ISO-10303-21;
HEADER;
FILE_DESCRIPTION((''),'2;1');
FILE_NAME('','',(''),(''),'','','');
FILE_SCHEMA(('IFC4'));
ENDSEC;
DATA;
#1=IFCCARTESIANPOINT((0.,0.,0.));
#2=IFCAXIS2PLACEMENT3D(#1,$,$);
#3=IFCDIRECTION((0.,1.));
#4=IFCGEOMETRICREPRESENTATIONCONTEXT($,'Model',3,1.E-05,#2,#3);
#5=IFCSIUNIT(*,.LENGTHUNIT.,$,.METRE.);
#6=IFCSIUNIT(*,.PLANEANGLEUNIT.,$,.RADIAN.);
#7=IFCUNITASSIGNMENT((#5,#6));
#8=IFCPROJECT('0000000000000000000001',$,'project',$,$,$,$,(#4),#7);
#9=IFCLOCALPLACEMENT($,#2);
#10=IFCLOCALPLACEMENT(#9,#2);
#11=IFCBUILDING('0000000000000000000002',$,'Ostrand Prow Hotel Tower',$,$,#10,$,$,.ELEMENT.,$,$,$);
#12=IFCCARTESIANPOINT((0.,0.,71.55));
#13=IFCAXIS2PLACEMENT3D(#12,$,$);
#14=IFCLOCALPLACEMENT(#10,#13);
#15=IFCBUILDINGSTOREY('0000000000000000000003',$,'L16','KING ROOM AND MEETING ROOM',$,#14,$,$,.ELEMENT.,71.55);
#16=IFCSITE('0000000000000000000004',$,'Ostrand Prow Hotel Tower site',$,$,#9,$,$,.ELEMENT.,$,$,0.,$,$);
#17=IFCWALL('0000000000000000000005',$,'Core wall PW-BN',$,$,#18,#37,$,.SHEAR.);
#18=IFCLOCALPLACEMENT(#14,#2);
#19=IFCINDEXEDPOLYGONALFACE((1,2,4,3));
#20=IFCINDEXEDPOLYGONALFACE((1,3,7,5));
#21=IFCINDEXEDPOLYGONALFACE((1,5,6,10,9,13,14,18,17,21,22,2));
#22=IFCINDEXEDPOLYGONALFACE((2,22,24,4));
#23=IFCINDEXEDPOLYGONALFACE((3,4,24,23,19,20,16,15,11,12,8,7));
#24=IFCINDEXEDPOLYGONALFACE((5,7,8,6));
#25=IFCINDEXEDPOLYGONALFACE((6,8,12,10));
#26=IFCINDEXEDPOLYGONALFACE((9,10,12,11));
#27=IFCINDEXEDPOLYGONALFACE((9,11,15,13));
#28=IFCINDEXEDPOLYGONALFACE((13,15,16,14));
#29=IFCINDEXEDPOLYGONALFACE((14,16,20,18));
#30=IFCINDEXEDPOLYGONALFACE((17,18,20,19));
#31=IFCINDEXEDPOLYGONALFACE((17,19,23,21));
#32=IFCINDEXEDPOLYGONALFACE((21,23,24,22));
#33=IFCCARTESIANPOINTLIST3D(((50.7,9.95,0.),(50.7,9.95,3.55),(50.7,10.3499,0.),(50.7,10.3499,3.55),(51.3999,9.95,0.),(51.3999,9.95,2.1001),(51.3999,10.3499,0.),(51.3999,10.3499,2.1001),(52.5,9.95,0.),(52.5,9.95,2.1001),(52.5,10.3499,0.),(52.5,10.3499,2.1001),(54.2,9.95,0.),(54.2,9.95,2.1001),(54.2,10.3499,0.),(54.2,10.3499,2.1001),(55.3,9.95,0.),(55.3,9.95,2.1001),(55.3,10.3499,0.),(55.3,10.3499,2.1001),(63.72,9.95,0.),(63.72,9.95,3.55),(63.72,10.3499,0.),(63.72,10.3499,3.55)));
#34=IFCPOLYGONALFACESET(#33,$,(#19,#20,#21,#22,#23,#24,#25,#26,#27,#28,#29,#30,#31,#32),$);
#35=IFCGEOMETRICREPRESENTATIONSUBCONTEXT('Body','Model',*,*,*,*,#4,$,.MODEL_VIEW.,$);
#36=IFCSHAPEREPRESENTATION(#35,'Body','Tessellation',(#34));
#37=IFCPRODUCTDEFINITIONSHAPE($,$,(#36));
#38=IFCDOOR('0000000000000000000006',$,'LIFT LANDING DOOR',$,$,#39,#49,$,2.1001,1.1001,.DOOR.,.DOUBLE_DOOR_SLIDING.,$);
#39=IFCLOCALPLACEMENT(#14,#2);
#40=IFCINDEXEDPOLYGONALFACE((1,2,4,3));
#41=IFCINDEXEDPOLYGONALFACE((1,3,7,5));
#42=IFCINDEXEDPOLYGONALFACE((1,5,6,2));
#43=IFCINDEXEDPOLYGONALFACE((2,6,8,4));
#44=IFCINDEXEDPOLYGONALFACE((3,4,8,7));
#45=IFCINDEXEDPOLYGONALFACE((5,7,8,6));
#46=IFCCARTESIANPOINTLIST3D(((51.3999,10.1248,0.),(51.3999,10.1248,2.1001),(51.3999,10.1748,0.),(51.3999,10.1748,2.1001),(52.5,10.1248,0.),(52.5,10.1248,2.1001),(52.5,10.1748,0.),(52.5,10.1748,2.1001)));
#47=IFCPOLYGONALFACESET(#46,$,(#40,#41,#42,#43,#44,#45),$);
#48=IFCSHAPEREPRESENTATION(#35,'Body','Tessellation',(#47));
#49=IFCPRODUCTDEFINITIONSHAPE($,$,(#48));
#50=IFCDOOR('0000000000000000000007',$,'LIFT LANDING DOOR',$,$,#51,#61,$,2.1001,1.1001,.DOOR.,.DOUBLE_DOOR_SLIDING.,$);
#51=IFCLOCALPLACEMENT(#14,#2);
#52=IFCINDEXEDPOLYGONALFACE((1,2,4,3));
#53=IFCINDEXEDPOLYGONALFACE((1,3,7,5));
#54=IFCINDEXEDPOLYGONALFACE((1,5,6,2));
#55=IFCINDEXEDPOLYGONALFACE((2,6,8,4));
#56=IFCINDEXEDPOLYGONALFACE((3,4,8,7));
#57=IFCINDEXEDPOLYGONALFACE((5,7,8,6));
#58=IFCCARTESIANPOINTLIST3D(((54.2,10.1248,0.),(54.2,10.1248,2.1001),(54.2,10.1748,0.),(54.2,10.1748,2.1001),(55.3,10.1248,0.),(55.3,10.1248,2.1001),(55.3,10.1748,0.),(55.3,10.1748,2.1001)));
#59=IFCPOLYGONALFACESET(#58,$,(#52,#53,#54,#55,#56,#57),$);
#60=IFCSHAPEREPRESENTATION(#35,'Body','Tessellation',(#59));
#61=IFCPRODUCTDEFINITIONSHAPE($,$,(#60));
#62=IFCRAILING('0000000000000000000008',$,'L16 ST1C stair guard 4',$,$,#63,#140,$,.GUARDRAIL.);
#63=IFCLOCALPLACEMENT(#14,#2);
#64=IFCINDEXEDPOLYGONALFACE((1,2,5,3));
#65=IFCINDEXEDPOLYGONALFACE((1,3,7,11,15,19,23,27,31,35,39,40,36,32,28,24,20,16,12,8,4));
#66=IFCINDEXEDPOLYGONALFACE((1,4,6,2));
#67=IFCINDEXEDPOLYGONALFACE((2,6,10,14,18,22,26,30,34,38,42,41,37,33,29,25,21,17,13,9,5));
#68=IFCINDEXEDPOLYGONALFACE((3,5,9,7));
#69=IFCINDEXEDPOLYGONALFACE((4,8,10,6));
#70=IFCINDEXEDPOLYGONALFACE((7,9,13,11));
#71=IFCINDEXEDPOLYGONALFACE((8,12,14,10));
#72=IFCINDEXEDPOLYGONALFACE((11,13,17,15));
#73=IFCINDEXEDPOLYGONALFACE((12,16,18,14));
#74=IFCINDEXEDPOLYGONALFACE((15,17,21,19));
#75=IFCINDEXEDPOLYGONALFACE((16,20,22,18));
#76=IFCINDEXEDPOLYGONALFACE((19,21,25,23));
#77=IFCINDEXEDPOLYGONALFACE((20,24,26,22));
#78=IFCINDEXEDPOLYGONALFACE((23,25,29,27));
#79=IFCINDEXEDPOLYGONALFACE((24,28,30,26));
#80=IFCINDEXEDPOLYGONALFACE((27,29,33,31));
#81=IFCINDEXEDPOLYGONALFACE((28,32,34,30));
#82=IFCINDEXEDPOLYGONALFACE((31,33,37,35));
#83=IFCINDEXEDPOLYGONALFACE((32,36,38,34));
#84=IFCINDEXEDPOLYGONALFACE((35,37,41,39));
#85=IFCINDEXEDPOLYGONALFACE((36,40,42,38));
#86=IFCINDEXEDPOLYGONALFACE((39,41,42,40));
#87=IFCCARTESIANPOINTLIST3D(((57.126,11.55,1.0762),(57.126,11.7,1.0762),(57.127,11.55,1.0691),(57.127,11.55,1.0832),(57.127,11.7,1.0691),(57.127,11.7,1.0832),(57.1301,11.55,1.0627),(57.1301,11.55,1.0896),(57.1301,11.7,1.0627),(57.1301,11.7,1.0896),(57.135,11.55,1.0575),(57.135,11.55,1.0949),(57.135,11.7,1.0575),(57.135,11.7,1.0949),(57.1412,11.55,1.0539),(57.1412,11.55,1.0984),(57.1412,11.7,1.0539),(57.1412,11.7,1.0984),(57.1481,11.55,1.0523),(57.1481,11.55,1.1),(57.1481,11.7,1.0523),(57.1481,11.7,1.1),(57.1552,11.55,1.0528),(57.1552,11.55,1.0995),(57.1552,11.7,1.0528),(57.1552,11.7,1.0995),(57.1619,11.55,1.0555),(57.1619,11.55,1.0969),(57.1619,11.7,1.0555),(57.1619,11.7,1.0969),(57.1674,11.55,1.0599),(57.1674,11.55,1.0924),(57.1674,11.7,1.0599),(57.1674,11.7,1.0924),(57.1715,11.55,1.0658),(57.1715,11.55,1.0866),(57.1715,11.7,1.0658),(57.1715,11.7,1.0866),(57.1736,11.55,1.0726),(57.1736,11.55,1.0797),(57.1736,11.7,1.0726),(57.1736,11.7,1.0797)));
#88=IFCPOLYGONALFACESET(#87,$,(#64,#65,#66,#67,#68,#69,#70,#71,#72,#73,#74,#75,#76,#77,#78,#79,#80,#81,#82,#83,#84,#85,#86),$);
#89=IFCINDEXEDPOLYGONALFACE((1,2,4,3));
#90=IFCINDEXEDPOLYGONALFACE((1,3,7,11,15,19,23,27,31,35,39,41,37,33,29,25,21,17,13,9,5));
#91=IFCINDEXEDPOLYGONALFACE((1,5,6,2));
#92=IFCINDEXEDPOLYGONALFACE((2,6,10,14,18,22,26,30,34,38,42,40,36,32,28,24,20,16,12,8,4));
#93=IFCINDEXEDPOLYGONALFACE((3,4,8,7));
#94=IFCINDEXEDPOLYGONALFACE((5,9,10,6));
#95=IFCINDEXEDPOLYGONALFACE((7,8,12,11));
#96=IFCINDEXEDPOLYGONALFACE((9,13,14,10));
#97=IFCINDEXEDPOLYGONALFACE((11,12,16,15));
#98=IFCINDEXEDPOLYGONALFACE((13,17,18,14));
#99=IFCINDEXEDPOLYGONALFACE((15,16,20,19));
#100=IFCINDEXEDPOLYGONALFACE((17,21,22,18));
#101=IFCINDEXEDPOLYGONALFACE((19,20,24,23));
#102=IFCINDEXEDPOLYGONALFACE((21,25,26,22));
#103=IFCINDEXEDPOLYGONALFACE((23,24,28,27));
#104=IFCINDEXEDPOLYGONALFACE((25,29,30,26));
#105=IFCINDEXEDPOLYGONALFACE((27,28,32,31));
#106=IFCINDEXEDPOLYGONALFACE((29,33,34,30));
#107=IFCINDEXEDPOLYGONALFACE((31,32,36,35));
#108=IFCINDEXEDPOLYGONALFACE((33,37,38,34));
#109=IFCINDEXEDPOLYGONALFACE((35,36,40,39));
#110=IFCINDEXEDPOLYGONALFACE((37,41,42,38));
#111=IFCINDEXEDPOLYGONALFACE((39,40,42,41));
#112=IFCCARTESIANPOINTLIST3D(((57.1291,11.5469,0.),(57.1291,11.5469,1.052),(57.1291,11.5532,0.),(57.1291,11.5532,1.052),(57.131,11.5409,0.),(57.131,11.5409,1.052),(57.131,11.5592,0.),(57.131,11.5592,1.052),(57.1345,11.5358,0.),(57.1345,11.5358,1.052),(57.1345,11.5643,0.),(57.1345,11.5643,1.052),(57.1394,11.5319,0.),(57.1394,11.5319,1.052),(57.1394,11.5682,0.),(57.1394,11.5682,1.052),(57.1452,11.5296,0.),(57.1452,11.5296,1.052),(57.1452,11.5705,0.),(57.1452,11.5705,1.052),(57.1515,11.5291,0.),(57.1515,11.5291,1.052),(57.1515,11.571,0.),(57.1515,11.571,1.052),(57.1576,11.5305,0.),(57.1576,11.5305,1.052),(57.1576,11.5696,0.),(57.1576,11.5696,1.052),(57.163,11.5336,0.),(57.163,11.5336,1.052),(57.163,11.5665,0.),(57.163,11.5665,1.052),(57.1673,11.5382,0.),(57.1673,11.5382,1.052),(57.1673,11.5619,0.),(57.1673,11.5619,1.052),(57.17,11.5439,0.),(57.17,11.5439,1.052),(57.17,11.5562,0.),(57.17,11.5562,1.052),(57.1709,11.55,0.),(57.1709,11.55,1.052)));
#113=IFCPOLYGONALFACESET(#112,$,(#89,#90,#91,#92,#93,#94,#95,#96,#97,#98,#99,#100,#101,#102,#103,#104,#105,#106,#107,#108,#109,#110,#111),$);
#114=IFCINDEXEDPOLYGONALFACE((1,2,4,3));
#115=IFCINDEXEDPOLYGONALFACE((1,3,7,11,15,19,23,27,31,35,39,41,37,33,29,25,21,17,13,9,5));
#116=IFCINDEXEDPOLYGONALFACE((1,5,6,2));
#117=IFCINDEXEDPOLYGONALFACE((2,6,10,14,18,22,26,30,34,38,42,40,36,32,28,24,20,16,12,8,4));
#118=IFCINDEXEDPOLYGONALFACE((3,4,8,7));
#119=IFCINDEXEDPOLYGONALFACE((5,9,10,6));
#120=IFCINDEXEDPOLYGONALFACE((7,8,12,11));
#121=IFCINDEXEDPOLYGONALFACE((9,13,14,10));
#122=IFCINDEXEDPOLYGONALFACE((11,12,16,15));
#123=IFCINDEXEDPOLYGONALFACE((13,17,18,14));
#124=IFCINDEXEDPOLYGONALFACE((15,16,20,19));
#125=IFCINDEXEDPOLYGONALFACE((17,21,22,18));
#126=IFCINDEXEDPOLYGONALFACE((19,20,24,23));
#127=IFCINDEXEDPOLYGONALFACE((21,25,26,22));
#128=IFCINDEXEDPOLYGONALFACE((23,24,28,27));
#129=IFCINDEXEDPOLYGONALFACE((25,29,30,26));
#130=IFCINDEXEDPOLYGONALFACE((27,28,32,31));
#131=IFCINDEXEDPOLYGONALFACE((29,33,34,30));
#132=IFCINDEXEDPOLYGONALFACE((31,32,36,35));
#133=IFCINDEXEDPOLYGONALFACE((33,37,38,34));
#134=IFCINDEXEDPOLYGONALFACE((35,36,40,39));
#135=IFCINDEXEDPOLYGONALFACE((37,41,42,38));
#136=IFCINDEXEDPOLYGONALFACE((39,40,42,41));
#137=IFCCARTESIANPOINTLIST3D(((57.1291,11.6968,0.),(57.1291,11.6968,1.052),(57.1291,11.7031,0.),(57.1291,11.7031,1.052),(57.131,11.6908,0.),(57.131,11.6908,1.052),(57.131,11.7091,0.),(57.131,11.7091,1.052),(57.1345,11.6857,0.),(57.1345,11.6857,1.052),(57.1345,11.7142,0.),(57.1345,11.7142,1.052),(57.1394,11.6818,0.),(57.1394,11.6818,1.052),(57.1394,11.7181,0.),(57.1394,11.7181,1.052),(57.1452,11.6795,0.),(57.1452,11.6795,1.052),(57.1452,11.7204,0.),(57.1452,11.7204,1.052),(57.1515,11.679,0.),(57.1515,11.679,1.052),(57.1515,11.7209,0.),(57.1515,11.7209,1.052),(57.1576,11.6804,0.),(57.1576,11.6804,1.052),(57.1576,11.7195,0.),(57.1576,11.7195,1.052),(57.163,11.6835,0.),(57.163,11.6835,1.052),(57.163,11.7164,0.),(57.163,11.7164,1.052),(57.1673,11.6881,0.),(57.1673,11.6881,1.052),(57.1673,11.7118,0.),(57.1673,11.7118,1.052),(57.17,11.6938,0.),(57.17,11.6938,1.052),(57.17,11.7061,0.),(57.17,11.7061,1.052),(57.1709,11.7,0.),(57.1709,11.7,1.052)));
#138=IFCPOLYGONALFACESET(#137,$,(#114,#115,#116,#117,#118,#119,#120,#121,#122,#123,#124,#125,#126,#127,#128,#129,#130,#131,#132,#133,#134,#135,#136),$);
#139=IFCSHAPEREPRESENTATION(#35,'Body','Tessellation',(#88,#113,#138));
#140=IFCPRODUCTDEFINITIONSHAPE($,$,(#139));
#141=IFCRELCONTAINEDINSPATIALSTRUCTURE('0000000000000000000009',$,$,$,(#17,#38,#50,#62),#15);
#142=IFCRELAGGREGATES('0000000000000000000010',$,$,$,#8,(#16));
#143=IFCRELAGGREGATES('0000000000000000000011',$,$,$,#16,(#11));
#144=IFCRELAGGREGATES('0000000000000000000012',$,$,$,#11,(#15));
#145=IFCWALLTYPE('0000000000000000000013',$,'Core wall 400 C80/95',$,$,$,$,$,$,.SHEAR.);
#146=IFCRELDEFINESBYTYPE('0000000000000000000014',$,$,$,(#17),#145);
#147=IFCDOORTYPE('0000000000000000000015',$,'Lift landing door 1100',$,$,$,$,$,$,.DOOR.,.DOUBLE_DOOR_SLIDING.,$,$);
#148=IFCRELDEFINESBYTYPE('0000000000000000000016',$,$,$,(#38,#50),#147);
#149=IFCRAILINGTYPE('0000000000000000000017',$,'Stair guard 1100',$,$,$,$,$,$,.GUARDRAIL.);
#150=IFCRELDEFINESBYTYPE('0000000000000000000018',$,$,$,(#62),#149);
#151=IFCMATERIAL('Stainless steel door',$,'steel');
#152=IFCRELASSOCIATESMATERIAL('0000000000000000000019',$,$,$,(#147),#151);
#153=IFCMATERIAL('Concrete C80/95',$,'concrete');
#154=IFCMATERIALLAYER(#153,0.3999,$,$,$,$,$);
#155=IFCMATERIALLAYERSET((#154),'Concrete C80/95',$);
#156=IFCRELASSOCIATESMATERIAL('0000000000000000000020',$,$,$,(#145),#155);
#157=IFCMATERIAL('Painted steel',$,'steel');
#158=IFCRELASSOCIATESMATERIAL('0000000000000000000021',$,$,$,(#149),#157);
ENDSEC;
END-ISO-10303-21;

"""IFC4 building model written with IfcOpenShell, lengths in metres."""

from ifc_helpers import new_model, si_unit, direction, frame, frame_2d, origin, origin_2d, place, context, subcontext, project, spatial, rectangle, circle, extrude, material, layer, layer_set, type_object, element, fill, save


model = new_model("IFC4")

# Units and contexts
model_context = context("Model", 3, precision=1e-05, world=origin(), true_north=direction((0.0, 1.0)))
body_context = subcontext(model_context, "Body", "Model", "MODEL_VIEW")
ifc_project = project(units=[si_unit("LENGTHUNIT", "METRE"), si_unit("PLANEANGLEUNIT", "RADIAN")], contexts=[model_context])

# Site, building, storey
site_placement = place(None, origin())
site = spatial("IfcSite", under=ifc_project, at=site_placement, Name="Ostrand Prow Hotel Tower site", CompositionType="ELEMENT", RefElevation=0.0)
building_placement = place(site_placement, origin())
building = spatial("IfcBuilding", under=site, at=building_placement, Name="Ostrand Prow Hotel Tower", CompositionType="ELEMENT")
storey_placement = place(building_placement, frame((0.0, 0.0, 71.55)))
storey = spatial("IfcBuildingStorey", under=building, at=storey_placement, Name="L16", Description="KING ROOM AND MEETING ROOM", CompositionType="ELEMENT", Elevation=71.55)

# Shared definitions
ifc_material_1 = material(Name="Stainless steel door", Category="steel")
door_type_1 = type_object("IfcDoorType", Name="Lift landing door 1100", OperationType="DOUBLE_DOOR_SLIDING", PredefinedType="DOOR", material=ifc_material_1)

# Wall, openings, doors
ifc_material_2 = material(Name="Concrete C80/95", Category="concrete")
ifc_layer_1 = layer(ifc_material_2, 0.3999)
ifc_layer_set_1 = layer_set([ifc_layer_1], Name="Concrete C80/95")
wall_type_1 = type_object("IfcWallType", Name="Core wall 400 C80/95", PredefinedType="SHEAR", material=ifc_layer_set_1)
wall_1_placement = place(storey_placement, frame((50.7, 10.1499, 0.0), z_axis=(0.0, 0.0, 1.0), x_axis=(1.0, 0.0, 0.0)))
wall_1 = element("IfcWall", 1, at=wall_1_placement, inside=storey, type_object=wall_type_1, Name="Core wall PW-BN", PredefinedType="SHEAR", context=body_context, shape_type="SweptSolid", body=[
    extrude(rectangle(XDim=13.02, YDim=0.3999, at=frame_2d((6.51, 0.0))), origin(), (0.0, 0.0, 1.0), 3.55),
])
opening_1_placement = place(wall_1_placement, frame((0.7, 0.0, 0.0)))
opening_1 = element("IfcOpeningElement", 2, at=opening_1_placement, cuts=wall_1, PredefinedType="OPENING", context=body_context, shape_type="SweptSolid", body=[
    extrude(rectangle(XDim=1.1001, YDim=2.1001, at=frame_2d((0.55, 1.05))), frame((0.0, 0.21, 0.0), z_axis=(0.0, -1.0, 0.0), x_axis=(1.0, 0.0, 0.0)), (0.0, 0.0, 1.0), 0.4199),
])
opening_2_placement = place(wall_1_placement, frame((3.5, 0.0, 0.0)))
opening_2 = element("IfcOpeningElement", 3, at=opening_2_placement, cuts=wall_1, PredefinedType="OPENING", context=body_context, shape_type="SweptSolid", body=[
    extrude(rectangle(XDim=1.1001, YDim=2.1001, at=frame_2d((0.55, 1.05))), frame((0.0, 0.21, 0.0), z_axis=(0.0, -1.0, 0.0), x_axis=(1.0, 0.0, 0.0)), (0.0, 0.0, 1.0), 0.4199),
])
door_1_placement = place(opening_1_placement, origin())
door_1 = element("IfcDoor", 4, at=door_1_placement, inside=storey, type_object=door_type_1, Name="LIFT LANDING DOOR", OperationType="DOUBLE_DOOR_SLIDING", OverallHeight=2.1001, OverallWidth=1.1001, PredefinedType="DOOR", context=body_context, shape_type="SweptSolid", body=[
    extrude(rectangle(XDim=1.1001, YDim=2.1001, at=frame_2d((0.55, 1.05))), frame((0.0, 0.0249, 0.0), z_axis=(0.0, -1.0, 0.0), x_axis=(1.0, 0.0, 0.0)), (0.0, 0.0, 1.0), 0.05),
])
fill(opening_1, door_1)
door_2_placement = place(opening_2_placement, origin())
door_2 = element("IfcDoor", 5, at=door_2_placement, inside=storey, type_object=door_type_1, Name="LIFT LANDING DOOR", OperationType="DOUBLE_DOOR_SLIDING", OverallHeight=2.1001, OverallWidth=1.1001, PredefinedType="DOOR", context=body_context, shape_type="SweptSolid", body=[
    extrude(rectangle(XDim=1.1001, YDim=2.1001, at=frame_2d((0.55, 1.05))), frame((0.0, 0.0249, 0.0), z_axis=(0.0, -1.0, 0.0), x_axis=(1.0, 0.0, 0.0)), (0.0, 0.0, 1.0), 0.05),
])
fill(opening_2, door_2)

# Railing
ifc_material_3 = material(Name="Painted steel", Category="steel")
railing_type_1 = type_object("IfcRailingType", Name="Stair guard 1100", PredefinedType="GUARDRAIL", material=ifc_material_3)
railing_1_placement = place(storey_placement, frame((57.1499, 11.55, 0.0)))
element("IfcRailing", 6, at=railing_1_placement, inside=storey, type_object=railing_type_1, Name="L16 ST1C stair guard 4", PredefinedType="GUARDRAIL", context=body_context, shape_type="SweptSolid", body=[
    extrude(circle(Radius=0.0239, at=origin_2d()), frame((0.0, 0.0, 1.0762), z_axis=(0.0, 1.0, 0.0), x_axis=(-1.0, 0.0, 0.0)), (0.0, 0.0, 1.0), 0.1499),
    extrude(circle(Radius=0.021, at=origin_2d()), origin(), (0.0, 0.0, 1.0), 1.052),
    extrude(circle(Radius=0.021, at=origin_2d()), frame((0.0, 0.1499, 0.0)), (0.0, 0.0, 1.0), 1.052),
])

save(model, "model.ifc")
